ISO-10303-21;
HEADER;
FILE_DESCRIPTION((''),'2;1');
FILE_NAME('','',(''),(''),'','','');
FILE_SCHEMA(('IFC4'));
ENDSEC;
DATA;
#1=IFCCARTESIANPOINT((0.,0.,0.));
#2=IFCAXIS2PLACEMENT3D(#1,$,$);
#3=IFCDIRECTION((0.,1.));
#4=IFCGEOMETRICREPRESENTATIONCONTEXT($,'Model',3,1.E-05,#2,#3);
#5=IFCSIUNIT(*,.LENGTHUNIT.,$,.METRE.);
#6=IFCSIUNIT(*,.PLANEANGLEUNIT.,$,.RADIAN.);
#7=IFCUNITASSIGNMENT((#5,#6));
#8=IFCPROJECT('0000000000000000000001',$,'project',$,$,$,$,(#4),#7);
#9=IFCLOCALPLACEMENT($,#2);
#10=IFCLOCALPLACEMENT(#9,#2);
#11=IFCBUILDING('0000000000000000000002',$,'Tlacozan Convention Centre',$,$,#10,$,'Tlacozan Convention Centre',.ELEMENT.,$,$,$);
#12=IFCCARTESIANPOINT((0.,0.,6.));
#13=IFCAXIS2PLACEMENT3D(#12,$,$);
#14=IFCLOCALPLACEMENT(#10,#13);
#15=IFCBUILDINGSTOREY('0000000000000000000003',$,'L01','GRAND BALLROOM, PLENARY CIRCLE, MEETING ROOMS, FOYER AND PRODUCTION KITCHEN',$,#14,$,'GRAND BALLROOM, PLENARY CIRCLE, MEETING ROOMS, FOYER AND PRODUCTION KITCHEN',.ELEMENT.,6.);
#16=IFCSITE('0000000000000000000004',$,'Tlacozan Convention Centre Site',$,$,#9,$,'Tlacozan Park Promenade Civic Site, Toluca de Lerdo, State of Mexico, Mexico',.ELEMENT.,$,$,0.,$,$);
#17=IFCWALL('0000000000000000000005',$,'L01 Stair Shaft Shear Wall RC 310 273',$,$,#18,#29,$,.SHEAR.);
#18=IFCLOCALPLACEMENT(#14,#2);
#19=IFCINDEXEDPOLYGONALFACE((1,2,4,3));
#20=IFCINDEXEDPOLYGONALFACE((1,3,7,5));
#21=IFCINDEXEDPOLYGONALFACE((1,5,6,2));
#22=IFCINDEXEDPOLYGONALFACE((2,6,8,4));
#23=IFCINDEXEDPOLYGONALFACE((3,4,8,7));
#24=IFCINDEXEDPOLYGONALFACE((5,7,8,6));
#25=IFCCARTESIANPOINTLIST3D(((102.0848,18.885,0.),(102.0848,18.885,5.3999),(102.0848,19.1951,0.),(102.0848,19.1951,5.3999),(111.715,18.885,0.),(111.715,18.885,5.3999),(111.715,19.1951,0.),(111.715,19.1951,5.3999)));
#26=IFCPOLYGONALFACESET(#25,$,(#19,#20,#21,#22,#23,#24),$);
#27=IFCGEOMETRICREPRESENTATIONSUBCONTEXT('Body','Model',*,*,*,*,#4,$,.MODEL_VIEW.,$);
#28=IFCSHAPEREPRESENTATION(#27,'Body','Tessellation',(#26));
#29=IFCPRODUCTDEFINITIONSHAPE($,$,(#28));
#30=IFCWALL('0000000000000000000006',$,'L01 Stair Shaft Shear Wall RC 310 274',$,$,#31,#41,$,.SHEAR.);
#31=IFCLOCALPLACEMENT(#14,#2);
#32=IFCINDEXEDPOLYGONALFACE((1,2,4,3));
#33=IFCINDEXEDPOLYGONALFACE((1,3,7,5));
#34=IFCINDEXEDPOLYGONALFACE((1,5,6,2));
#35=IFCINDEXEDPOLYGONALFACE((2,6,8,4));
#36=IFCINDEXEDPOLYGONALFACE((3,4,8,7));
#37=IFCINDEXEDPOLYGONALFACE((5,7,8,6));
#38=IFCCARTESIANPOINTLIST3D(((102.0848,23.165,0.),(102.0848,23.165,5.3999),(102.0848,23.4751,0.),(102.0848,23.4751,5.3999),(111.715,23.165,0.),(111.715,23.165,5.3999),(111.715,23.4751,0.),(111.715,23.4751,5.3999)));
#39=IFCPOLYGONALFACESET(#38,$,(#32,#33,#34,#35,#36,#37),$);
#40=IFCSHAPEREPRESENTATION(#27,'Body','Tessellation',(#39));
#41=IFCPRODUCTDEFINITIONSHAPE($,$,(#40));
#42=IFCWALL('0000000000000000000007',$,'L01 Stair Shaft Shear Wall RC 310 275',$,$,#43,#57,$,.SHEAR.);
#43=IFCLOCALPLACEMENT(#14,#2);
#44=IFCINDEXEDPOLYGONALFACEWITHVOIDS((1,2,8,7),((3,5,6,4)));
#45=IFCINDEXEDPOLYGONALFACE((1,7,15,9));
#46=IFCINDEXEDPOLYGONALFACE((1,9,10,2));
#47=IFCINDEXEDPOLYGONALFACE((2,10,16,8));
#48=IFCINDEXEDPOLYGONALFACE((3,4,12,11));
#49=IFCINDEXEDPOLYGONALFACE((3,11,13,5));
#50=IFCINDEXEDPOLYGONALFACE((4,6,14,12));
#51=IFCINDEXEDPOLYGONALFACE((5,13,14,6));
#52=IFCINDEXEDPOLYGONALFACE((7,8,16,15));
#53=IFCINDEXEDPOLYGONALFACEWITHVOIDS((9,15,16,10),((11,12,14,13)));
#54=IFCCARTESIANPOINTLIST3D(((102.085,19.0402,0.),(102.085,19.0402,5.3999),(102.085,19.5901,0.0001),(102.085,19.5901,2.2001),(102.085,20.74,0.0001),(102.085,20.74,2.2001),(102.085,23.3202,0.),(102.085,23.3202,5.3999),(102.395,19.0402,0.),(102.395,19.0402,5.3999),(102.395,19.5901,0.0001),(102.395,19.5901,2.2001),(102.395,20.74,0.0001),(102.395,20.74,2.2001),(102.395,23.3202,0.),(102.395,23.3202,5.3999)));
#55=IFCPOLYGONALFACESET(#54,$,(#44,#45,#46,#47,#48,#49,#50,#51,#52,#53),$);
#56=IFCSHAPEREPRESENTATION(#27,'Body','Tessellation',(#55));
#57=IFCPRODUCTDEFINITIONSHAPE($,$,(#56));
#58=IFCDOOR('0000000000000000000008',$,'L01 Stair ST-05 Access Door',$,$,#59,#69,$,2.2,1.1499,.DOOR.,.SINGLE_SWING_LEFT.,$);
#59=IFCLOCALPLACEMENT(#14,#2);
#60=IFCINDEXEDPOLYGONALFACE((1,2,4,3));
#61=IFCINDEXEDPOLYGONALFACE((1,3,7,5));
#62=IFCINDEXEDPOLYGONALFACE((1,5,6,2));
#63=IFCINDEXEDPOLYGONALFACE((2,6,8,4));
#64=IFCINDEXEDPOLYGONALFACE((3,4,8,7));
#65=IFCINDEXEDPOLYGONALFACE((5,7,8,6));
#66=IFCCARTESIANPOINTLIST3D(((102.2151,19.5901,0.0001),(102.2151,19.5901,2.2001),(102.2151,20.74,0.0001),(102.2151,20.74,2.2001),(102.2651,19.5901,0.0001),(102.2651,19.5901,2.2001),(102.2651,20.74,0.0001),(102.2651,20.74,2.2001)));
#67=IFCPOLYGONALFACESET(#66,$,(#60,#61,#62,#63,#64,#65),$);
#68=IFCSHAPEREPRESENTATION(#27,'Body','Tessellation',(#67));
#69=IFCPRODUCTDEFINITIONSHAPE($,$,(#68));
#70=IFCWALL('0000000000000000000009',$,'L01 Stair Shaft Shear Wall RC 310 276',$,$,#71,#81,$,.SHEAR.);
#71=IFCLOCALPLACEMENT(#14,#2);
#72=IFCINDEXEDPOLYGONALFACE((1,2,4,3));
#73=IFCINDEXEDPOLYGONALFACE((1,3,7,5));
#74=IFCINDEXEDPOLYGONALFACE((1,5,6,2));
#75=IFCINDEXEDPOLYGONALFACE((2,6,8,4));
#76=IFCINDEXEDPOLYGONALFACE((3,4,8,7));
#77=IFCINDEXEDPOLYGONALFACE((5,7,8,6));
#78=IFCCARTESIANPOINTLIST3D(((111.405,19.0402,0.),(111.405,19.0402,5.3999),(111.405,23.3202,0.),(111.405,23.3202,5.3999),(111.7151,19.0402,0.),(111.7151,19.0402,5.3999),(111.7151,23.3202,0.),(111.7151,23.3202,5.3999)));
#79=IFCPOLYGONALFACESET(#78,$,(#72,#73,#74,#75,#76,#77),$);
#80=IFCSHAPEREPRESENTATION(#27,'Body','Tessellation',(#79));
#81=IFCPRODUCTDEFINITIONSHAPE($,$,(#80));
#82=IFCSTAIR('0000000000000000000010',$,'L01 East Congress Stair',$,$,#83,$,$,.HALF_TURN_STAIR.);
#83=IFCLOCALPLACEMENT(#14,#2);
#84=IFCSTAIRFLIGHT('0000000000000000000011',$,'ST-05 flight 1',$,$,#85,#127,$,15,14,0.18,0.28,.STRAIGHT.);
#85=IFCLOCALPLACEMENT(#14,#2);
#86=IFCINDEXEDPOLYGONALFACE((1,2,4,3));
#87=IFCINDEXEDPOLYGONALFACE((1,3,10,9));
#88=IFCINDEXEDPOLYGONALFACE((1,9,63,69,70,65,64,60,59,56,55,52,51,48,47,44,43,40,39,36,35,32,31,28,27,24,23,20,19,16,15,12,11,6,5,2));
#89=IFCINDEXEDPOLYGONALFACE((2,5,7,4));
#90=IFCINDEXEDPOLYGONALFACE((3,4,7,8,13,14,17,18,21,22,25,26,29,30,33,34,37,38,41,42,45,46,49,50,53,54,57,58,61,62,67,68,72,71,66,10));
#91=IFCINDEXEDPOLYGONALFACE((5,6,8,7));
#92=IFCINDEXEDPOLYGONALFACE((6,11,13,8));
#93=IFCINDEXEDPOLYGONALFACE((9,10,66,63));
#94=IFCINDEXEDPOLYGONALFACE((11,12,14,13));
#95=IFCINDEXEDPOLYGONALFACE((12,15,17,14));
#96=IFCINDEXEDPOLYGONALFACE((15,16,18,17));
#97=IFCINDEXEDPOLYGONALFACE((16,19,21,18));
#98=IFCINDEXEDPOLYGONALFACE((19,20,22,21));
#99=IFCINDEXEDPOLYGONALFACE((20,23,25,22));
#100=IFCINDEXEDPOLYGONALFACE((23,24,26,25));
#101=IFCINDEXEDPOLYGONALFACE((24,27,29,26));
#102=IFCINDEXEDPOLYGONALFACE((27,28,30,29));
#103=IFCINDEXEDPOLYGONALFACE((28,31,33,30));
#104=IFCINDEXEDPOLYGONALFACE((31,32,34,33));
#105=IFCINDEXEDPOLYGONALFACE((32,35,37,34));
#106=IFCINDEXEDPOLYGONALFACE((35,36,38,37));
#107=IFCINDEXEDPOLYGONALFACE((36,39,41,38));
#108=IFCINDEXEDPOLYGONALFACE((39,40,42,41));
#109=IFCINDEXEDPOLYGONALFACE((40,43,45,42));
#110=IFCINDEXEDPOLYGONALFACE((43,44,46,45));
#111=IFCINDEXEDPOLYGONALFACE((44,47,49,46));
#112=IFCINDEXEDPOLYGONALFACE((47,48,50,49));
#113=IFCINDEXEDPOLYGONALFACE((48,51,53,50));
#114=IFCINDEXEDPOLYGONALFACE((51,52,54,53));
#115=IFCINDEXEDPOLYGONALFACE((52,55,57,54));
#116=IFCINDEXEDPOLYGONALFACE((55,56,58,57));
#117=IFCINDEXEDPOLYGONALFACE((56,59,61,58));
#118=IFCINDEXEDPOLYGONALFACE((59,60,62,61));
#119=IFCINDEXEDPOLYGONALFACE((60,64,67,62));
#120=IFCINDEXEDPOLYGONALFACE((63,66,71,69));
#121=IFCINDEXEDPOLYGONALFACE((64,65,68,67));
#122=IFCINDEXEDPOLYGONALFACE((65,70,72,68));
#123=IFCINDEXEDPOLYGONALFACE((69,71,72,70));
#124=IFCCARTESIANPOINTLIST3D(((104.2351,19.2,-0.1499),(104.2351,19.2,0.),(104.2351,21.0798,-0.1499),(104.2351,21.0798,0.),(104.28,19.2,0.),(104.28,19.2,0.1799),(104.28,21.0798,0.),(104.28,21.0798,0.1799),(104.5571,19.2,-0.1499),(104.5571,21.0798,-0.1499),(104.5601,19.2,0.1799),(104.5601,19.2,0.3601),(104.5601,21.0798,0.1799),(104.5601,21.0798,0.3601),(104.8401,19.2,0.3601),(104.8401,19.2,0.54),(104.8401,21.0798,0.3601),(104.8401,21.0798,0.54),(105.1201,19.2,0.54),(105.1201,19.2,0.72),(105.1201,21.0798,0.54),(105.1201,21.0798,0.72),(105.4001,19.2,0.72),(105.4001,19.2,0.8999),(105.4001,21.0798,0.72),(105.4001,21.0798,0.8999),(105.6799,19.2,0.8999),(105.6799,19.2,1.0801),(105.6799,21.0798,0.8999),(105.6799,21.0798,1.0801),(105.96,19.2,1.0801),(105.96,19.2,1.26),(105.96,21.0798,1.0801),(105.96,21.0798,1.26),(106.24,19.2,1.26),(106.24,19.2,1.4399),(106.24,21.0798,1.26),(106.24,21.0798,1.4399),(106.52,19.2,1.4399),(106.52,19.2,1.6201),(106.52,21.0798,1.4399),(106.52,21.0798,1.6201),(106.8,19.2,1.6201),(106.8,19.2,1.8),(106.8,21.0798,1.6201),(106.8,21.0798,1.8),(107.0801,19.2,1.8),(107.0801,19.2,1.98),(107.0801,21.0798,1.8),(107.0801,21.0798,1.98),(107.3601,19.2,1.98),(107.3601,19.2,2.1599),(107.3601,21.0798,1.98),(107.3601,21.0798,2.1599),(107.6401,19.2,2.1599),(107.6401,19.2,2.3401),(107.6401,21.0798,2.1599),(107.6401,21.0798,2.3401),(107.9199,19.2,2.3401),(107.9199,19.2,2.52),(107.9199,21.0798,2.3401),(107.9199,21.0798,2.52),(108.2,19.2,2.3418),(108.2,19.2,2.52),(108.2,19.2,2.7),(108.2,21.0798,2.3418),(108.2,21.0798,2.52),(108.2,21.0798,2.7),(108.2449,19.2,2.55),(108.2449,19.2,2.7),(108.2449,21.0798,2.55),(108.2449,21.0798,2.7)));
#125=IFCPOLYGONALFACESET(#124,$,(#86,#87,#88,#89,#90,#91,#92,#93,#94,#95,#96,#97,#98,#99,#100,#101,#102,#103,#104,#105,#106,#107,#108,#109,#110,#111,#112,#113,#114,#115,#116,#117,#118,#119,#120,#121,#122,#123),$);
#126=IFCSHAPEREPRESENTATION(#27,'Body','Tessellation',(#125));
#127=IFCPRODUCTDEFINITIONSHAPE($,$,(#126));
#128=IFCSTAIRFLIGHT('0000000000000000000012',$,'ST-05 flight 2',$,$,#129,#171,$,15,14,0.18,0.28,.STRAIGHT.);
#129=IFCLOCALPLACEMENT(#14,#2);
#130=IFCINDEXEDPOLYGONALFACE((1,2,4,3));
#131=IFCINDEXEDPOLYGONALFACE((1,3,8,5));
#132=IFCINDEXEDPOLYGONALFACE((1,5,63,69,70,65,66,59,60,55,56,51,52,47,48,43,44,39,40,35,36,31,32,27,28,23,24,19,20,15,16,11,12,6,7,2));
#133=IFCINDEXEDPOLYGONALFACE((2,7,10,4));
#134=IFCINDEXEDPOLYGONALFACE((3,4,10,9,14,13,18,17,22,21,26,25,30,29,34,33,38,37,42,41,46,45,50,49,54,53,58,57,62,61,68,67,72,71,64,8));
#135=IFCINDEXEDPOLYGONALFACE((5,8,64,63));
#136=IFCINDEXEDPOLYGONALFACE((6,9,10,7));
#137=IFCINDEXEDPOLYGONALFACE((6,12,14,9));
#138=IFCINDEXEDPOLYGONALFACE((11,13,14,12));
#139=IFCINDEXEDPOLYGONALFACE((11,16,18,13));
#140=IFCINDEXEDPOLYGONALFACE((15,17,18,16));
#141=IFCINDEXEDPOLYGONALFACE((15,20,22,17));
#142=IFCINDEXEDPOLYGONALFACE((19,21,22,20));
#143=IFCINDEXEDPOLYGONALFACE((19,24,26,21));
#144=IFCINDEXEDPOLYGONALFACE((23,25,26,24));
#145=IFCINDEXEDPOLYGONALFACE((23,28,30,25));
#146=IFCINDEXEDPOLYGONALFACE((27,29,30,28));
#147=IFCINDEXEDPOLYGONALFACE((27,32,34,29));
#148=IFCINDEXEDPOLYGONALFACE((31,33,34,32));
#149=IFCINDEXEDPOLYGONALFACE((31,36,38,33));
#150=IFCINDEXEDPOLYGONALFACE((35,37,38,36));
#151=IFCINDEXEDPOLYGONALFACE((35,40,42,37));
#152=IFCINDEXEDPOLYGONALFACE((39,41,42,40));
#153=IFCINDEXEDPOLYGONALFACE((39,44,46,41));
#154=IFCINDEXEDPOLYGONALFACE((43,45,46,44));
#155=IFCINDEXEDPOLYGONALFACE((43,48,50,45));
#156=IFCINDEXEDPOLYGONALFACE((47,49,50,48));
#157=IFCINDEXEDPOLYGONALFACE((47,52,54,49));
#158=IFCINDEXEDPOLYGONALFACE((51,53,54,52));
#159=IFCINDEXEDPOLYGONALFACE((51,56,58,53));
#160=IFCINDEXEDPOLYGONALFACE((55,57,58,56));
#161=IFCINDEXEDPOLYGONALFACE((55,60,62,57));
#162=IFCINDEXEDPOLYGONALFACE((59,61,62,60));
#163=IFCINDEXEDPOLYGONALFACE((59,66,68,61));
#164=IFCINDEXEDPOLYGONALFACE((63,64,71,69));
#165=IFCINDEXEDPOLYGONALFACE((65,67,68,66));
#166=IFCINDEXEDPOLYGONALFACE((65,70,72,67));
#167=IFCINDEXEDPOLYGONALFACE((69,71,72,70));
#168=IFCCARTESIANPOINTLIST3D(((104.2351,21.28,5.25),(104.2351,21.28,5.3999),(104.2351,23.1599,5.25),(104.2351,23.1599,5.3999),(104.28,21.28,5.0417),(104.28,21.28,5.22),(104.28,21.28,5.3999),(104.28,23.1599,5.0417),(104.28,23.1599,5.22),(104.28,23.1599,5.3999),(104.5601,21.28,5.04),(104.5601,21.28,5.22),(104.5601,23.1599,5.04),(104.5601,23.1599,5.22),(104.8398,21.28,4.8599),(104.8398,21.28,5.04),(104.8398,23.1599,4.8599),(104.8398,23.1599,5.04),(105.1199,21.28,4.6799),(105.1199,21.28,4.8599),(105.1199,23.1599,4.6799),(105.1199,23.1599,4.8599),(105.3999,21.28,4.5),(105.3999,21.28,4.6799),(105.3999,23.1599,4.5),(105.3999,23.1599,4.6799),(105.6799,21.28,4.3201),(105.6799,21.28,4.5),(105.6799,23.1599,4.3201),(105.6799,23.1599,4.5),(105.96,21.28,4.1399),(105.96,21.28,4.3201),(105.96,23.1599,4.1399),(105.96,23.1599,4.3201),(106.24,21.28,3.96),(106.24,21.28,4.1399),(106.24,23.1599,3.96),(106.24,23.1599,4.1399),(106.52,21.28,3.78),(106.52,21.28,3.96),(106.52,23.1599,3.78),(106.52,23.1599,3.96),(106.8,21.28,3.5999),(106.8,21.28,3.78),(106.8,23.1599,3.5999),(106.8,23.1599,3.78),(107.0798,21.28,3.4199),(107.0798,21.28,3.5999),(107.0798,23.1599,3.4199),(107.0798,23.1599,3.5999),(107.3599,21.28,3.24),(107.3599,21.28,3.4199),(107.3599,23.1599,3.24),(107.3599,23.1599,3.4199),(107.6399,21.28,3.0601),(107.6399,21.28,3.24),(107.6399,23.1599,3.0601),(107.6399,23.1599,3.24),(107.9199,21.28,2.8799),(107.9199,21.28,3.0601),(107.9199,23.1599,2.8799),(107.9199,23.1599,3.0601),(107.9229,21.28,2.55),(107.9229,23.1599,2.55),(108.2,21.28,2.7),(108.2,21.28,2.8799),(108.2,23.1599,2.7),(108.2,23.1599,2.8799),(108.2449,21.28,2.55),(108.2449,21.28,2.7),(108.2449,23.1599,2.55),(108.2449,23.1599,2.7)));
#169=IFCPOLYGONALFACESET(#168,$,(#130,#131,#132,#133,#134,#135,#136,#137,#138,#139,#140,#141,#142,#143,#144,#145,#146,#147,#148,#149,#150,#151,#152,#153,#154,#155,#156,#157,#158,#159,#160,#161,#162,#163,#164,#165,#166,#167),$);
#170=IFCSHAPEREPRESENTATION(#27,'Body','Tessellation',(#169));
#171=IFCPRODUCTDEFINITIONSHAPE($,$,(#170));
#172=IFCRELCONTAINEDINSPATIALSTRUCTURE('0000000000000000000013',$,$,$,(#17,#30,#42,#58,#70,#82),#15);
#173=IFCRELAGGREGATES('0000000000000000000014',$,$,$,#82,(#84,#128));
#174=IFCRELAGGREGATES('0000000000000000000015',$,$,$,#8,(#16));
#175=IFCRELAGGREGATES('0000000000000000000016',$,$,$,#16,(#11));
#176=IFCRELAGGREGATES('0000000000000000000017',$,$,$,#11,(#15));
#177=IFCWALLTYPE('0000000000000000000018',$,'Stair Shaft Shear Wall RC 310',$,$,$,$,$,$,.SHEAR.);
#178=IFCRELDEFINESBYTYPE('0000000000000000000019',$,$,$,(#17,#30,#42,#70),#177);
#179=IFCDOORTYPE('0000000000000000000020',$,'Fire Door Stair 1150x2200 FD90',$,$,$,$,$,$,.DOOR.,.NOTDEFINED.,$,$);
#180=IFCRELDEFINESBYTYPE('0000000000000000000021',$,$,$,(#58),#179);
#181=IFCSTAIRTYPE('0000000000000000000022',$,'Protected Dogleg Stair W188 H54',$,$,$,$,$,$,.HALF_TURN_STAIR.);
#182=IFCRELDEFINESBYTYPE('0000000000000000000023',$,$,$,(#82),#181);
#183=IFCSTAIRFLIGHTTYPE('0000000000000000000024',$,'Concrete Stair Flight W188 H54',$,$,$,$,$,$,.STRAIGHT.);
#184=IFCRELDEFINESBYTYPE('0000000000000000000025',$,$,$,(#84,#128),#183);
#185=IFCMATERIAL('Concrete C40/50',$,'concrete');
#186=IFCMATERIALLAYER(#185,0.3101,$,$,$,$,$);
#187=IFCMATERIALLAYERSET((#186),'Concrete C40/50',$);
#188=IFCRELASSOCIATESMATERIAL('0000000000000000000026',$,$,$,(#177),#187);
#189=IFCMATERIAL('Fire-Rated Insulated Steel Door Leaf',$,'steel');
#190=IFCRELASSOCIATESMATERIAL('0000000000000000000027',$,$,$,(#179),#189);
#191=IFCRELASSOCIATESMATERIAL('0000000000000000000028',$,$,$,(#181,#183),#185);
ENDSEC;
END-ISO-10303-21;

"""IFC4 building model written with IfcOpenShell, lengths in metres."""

from ifc_helpers import new_model, si_unit, direction, frame, frame_2d, origin, place, context, subcontext, project, spatial, polyline, rectangle, outline, extrude, material, layer, layer_set, type_object, element, fill, aggregate, save


model = new_model("IFC4")

# Units and contexts
model_context = context("Model", 3, precision=1e-05, world=origin(), true_north=direction((0.0, 1.0)))
body_context = subcontext(model_context, "Body", "Model", "MODEL_VIEW")
ifc_project = project(units=[si_unit("LENGTHUNIT", "METRE"), si_unit("PLANEANGLEUNIT", "RADIAN")], contexts=[model_context])

# Site, building, storey
site_placement = place(None, origin())
site = spatial("IfcSite", under=ifc_project, at=site_placement, Name="Tlacozan Convention Centre Site", LongName="Tlacozan Park Promenade Civic Site, Toluca de Lerdo, State of Mexico, Mexico", CompositionType="ELEMENT", RefElevation=0.0)
building_placement = place(site_placement, origin())
building = spatial("IfcBuilding", under=site, at=building_placement, Name="Tlacozan Convention Centre", LongName="Tlacozan Convention Centre", CompositionType="ELEMENT")
storey_placement = place(building_placement, frame((0.0, 0.0, 6.0)))
storey = spatial("IfcBuildingStorey", under=building, at=storey_placement, Name="L01", Description="GRAND BALLROOM, PLENARY CIRCLE, MEETING ROOMS, FOYER AND PRODUCTION KITCHEN", LongName="GRAND BALLROOM, PLENARY CIRCLE, MEETING ROOMS, FOYER AND PRODUCTION KITCHEN", CompositionType="ELEMENT", Elevation=6.0)

# Shared definitions
ifc_material_1 = material(Name="Concrete C40/50", Category="concrete")

# Walls
ifc_layer = layer(ifc_material_1, 0.3101)
ifc_layer_set = layer_set([ifc_layer], Name="Concrete C40/50")
wall_type = type_object("IfcWallType", Name="Stair Shaft Shear Wall RC 310", PredefinedType="SHEAR", material=ifc_layer_set)
for number, where, z_axis, x_axis, name in (
    (1, (102.085, 19.04, 0.0), (0.0, 0.0, 1.0), (1.0, 0.0, 0.0), "L01 Stair Shaft Shear Wall RC 310 273"),
    (2, (102.085, 23.3201, 0.0), (0.0, 0.0, 1.0), (1.0, 0.0, 0.0), "L01 Stair Shaft Shear Wall RC 310 274"),
):
    element("IfcWall", number, at=place(storey_placement, frame(where, z_axis=z_axis, x_axis=x_axis)), inside=storey, type_object=wall_type, Name=name, PredefinedType="SHEAR", context=body_context, shape_type="SweptSolid", body=[
        extrude(rectangle(XDim=9.6301, YDim=0.3101, at=frame_2d((4.8149, 0.0))), origin(), (0.0, 0.0, 1.0), 5.3999),
    ])

# Wall, opening, door
wall_1_placement = place(storey_placement, frame((102.24, 19.04, 0.0), z_axis=(0.0, 0.0, 1.0), x_axis=(0.0, 1.0, 0.0)))
wall_1 = element("IfcWall", 3, at=wall_1_placement, inside=storey, type_object=wall_type, Name="L01 Stair Shaft Shear Wall RC 310 275", PredefinedType="SHEAR", context=body_context, shape_type="SweptSolid", body=[
    extrude(rectangle(XDim=4.28, YDim=0.3101, at=frame_2d((2.1401, 0.0))), origin(), (0.0, 0.0, 1.0), 5.3999),
])
opening_placement = place(wall_1_placement, frame((0.55, 0.0, 0.0)))
opening = element("IfcOpeningElement", 4, at=opening_placement, cuts=wall_1, PredefinedType="OPENING", context=body_context, shape_type="SweptSolid", body=[
    extrude(rectangle(XDim=1.1499, YDim=2.2, at=frame_2d((0.575, 1.1001))), frame((0.0, 0.165, 0.0), z_axis=(0.0, -1.0, 0.0), x_axis=(1.0, 0.0, 0.0)), (0.0, 0.0, 1.0), 0.3301),
])
ifc_material_2 = material(Name="Fire-Rated Insulated Steel Door Leaf", Category="steel")
door_type = type_object("IfcDoorType", Name="Fire Door Stair 1150x2200 FD90", OperationType="NOTDEFINED", PredefinedType="DOOR", material=ifc_material_2)
door_placement = place(opening_placement, origin())
door = element("IfcDoor", 5, at=door_placement, inside=storey, type_object=door_type, Name="L01 Stair ST-05 Access Door", OperationType="SINGLE_SWING_LEFT", OverallHeight=2.2, OverallWidth=1.1499, PredefinedType="DOOR", context=body_context, shape_type="SweptSolid", body=[
    extrude(rectangle(XDim=1.1499, YDim=2.2, at=frame_2d((0.575, 1.1001))), frame((0.0, 0.0249, 0.0), z_axis=(0.0, -1.0, 0.0), x_axis=(1.0, 0.0, 0.0)), (0.0, 0.0, 1.0), 0.05),
])
fill(opening, door)

# Wall
wall_2_placement = place(storey_placement, frame((111.5601, 19.04, 0.0), z_axis=(0.0, 0.0, 1.0), x_axis=(0.0, 1.0, 0.0)))
element("IfcWall", 6, at=wall_2_placement, inside=storey, type_object=wall_type, Name="L01 Stair Shaft Shear Wall RC 310 276", PredefinedType="SHEAR", context=body_context, shape_type="SweptSolid", body=[
    extrude(rectangle(XDim=4.28, YDim=0.3101, at=frame_2d((2.1401, 0.0))), origin(), (0.0, 0.0, 1.0), 5.3999),
])

# Stair, stair flights
stair_type = type_object("IfcStairType", Name="Protected Dogleg Stair W188 H54", PredefinedType="HALF_TURN_STAIR", material=ifc_material_1)
stair_placement = place(storey_placement, origin())
stair = element("IfcStair", 7, at=stair_placement, inside=storey, type_object=stair_type, Name="L01 East Congress Stair", PredefinedType="HALF_TURN_STAIR")
stair_flight_type = type_object("IfcStairFlightType", Name="Concrete Stair Flight W188 H54", PredefinedType="STRAIGHT", material=ifc_material_1)
stair_flight_1_placement = place(storey_placement, frame((104.28, 20.1399, 0.0), z_axis=(0.0, 0.0, 1.0), x_axis=(1.0, 0.0, 0.0)))
stair_flight_1 = element("IfcStairFlight", 8, at=stair_flight_1_placement, type_object=stair_flight_type, Name="ST-05 flight 1", NumberOfRisers=15, NumberOfTreads=14, PredefinedType="STRAIGHT", RiserHeight=0.18, TreadLength=0.28, context=body_context, shape_type="SweptSolid", body=[
    extrude(outline(polyline([(-0.0449, -0.1499), (-0.0449, 0.0), (0.0, 0.0), (0.0, 0.1799), (0.28, 0.1799), (0.28, 0.3601), (0.5601, 0.3601), (0.5601, 0.54), (0.8401, 0.54), (0.8401, 0.72), (1.1201, 0.72), (1.1201, 0.8999), (1.3999, 0.8999), (1.3999, 1.0801), (1.6799, 1.0801), (1.6799, 1.26), (1.96, 1.26), (1.96, 1.4399), (2.24, 1.4399), (2.24, 1.6201), (2.52, 1.6201), (2.52, 1.8), (2.8, 1.8), (2.8, 1.98), (3.0801, 1.98), (3.0801, 2.1599), (3.3601, 2.1599), (3.3601, 2.3401), (3.6399, 2.3401), (3.6399, 2.52), (3.9199, 2.52), (3.9199, 2.7), (3.9648, 2.7), (3.9648, 2.55), (3.9199, 2.3418), (0.2771, -0.1499), (-0.0449, -0.1499)])), frame((0.0, 0.9399, 0.0), z_axis=(0.0, -1.0, 0.0), x_axis=(1.0, 0.0, 0.0)), (0.0, 0.0, 1.0), 1.8799),
])
stair_flight_2_placement = place(storey_placement, frame((108.2, 22.22, 2.7), z_axis=(0.0, 0.0, 1.0), x_axis=(-1.0, 0.0, 0.0)))
stair_flight_2 = element("IfcStairFlight", 9, at=stair_flight_2_placement, type_object=stair_flight_type, Name="ST-05 flight 2", NumberOfRisers=15, NumberOfTreads=14, PredefinedType="STRAIGHT", RiserHeight=0.18, TreadLength=0.28, context=body_context, shape_type="SweptSolid", body=[
    extrude(outline(polyline([(-0.0449, -0.1499), (-0.0449, 0.0), (0.0, 0.0), (0.0, 0.1799), (0.28, 0.1799), (0.28, 0.3601), (0.5601, 0.3601), (0.5601, 0.54), (0.8401, 0.54), (0.8401, 0.72), (1.1201, 0.72), (1.1201, 0.8999), (1.3999, 0.8999), (1.3999, 1.0801), (1.6799, 1.0801), (1.6799, 1.26), (1.96, 1.26), (1.96, 1.4399), (2.24, 1.4399), (2.24, 1.6201), (2.52, 1.6201), (2.52, 1.8), (2.8, 1.8), (2.8, 1.98), (3.0801, 1.98), (3.0801, 2.1599), (3.3601, 2.1599), (3.3601, 2.3401), (3.6399, 2.3401), (3.6399, 2.52), (3.9199, 2.52), (3.9199, 2.7), (3.9648, 2.7), (3.9648, 2.55), (3.9199, 2.3418), (0.2771, -0.1499), (-0.0449, -0.1499)])), frame((0.0, 0.9399, 0.0), z_axis=(0.0, -1.0, 0.0), x_axis=(1.0, 0.0, 0.0)), (0.0, 0.0, 1.0), 1.8799),
])
aggregate(stair, [stair_flight_1, stair_flight_2])

save(model, "model.ifc")
